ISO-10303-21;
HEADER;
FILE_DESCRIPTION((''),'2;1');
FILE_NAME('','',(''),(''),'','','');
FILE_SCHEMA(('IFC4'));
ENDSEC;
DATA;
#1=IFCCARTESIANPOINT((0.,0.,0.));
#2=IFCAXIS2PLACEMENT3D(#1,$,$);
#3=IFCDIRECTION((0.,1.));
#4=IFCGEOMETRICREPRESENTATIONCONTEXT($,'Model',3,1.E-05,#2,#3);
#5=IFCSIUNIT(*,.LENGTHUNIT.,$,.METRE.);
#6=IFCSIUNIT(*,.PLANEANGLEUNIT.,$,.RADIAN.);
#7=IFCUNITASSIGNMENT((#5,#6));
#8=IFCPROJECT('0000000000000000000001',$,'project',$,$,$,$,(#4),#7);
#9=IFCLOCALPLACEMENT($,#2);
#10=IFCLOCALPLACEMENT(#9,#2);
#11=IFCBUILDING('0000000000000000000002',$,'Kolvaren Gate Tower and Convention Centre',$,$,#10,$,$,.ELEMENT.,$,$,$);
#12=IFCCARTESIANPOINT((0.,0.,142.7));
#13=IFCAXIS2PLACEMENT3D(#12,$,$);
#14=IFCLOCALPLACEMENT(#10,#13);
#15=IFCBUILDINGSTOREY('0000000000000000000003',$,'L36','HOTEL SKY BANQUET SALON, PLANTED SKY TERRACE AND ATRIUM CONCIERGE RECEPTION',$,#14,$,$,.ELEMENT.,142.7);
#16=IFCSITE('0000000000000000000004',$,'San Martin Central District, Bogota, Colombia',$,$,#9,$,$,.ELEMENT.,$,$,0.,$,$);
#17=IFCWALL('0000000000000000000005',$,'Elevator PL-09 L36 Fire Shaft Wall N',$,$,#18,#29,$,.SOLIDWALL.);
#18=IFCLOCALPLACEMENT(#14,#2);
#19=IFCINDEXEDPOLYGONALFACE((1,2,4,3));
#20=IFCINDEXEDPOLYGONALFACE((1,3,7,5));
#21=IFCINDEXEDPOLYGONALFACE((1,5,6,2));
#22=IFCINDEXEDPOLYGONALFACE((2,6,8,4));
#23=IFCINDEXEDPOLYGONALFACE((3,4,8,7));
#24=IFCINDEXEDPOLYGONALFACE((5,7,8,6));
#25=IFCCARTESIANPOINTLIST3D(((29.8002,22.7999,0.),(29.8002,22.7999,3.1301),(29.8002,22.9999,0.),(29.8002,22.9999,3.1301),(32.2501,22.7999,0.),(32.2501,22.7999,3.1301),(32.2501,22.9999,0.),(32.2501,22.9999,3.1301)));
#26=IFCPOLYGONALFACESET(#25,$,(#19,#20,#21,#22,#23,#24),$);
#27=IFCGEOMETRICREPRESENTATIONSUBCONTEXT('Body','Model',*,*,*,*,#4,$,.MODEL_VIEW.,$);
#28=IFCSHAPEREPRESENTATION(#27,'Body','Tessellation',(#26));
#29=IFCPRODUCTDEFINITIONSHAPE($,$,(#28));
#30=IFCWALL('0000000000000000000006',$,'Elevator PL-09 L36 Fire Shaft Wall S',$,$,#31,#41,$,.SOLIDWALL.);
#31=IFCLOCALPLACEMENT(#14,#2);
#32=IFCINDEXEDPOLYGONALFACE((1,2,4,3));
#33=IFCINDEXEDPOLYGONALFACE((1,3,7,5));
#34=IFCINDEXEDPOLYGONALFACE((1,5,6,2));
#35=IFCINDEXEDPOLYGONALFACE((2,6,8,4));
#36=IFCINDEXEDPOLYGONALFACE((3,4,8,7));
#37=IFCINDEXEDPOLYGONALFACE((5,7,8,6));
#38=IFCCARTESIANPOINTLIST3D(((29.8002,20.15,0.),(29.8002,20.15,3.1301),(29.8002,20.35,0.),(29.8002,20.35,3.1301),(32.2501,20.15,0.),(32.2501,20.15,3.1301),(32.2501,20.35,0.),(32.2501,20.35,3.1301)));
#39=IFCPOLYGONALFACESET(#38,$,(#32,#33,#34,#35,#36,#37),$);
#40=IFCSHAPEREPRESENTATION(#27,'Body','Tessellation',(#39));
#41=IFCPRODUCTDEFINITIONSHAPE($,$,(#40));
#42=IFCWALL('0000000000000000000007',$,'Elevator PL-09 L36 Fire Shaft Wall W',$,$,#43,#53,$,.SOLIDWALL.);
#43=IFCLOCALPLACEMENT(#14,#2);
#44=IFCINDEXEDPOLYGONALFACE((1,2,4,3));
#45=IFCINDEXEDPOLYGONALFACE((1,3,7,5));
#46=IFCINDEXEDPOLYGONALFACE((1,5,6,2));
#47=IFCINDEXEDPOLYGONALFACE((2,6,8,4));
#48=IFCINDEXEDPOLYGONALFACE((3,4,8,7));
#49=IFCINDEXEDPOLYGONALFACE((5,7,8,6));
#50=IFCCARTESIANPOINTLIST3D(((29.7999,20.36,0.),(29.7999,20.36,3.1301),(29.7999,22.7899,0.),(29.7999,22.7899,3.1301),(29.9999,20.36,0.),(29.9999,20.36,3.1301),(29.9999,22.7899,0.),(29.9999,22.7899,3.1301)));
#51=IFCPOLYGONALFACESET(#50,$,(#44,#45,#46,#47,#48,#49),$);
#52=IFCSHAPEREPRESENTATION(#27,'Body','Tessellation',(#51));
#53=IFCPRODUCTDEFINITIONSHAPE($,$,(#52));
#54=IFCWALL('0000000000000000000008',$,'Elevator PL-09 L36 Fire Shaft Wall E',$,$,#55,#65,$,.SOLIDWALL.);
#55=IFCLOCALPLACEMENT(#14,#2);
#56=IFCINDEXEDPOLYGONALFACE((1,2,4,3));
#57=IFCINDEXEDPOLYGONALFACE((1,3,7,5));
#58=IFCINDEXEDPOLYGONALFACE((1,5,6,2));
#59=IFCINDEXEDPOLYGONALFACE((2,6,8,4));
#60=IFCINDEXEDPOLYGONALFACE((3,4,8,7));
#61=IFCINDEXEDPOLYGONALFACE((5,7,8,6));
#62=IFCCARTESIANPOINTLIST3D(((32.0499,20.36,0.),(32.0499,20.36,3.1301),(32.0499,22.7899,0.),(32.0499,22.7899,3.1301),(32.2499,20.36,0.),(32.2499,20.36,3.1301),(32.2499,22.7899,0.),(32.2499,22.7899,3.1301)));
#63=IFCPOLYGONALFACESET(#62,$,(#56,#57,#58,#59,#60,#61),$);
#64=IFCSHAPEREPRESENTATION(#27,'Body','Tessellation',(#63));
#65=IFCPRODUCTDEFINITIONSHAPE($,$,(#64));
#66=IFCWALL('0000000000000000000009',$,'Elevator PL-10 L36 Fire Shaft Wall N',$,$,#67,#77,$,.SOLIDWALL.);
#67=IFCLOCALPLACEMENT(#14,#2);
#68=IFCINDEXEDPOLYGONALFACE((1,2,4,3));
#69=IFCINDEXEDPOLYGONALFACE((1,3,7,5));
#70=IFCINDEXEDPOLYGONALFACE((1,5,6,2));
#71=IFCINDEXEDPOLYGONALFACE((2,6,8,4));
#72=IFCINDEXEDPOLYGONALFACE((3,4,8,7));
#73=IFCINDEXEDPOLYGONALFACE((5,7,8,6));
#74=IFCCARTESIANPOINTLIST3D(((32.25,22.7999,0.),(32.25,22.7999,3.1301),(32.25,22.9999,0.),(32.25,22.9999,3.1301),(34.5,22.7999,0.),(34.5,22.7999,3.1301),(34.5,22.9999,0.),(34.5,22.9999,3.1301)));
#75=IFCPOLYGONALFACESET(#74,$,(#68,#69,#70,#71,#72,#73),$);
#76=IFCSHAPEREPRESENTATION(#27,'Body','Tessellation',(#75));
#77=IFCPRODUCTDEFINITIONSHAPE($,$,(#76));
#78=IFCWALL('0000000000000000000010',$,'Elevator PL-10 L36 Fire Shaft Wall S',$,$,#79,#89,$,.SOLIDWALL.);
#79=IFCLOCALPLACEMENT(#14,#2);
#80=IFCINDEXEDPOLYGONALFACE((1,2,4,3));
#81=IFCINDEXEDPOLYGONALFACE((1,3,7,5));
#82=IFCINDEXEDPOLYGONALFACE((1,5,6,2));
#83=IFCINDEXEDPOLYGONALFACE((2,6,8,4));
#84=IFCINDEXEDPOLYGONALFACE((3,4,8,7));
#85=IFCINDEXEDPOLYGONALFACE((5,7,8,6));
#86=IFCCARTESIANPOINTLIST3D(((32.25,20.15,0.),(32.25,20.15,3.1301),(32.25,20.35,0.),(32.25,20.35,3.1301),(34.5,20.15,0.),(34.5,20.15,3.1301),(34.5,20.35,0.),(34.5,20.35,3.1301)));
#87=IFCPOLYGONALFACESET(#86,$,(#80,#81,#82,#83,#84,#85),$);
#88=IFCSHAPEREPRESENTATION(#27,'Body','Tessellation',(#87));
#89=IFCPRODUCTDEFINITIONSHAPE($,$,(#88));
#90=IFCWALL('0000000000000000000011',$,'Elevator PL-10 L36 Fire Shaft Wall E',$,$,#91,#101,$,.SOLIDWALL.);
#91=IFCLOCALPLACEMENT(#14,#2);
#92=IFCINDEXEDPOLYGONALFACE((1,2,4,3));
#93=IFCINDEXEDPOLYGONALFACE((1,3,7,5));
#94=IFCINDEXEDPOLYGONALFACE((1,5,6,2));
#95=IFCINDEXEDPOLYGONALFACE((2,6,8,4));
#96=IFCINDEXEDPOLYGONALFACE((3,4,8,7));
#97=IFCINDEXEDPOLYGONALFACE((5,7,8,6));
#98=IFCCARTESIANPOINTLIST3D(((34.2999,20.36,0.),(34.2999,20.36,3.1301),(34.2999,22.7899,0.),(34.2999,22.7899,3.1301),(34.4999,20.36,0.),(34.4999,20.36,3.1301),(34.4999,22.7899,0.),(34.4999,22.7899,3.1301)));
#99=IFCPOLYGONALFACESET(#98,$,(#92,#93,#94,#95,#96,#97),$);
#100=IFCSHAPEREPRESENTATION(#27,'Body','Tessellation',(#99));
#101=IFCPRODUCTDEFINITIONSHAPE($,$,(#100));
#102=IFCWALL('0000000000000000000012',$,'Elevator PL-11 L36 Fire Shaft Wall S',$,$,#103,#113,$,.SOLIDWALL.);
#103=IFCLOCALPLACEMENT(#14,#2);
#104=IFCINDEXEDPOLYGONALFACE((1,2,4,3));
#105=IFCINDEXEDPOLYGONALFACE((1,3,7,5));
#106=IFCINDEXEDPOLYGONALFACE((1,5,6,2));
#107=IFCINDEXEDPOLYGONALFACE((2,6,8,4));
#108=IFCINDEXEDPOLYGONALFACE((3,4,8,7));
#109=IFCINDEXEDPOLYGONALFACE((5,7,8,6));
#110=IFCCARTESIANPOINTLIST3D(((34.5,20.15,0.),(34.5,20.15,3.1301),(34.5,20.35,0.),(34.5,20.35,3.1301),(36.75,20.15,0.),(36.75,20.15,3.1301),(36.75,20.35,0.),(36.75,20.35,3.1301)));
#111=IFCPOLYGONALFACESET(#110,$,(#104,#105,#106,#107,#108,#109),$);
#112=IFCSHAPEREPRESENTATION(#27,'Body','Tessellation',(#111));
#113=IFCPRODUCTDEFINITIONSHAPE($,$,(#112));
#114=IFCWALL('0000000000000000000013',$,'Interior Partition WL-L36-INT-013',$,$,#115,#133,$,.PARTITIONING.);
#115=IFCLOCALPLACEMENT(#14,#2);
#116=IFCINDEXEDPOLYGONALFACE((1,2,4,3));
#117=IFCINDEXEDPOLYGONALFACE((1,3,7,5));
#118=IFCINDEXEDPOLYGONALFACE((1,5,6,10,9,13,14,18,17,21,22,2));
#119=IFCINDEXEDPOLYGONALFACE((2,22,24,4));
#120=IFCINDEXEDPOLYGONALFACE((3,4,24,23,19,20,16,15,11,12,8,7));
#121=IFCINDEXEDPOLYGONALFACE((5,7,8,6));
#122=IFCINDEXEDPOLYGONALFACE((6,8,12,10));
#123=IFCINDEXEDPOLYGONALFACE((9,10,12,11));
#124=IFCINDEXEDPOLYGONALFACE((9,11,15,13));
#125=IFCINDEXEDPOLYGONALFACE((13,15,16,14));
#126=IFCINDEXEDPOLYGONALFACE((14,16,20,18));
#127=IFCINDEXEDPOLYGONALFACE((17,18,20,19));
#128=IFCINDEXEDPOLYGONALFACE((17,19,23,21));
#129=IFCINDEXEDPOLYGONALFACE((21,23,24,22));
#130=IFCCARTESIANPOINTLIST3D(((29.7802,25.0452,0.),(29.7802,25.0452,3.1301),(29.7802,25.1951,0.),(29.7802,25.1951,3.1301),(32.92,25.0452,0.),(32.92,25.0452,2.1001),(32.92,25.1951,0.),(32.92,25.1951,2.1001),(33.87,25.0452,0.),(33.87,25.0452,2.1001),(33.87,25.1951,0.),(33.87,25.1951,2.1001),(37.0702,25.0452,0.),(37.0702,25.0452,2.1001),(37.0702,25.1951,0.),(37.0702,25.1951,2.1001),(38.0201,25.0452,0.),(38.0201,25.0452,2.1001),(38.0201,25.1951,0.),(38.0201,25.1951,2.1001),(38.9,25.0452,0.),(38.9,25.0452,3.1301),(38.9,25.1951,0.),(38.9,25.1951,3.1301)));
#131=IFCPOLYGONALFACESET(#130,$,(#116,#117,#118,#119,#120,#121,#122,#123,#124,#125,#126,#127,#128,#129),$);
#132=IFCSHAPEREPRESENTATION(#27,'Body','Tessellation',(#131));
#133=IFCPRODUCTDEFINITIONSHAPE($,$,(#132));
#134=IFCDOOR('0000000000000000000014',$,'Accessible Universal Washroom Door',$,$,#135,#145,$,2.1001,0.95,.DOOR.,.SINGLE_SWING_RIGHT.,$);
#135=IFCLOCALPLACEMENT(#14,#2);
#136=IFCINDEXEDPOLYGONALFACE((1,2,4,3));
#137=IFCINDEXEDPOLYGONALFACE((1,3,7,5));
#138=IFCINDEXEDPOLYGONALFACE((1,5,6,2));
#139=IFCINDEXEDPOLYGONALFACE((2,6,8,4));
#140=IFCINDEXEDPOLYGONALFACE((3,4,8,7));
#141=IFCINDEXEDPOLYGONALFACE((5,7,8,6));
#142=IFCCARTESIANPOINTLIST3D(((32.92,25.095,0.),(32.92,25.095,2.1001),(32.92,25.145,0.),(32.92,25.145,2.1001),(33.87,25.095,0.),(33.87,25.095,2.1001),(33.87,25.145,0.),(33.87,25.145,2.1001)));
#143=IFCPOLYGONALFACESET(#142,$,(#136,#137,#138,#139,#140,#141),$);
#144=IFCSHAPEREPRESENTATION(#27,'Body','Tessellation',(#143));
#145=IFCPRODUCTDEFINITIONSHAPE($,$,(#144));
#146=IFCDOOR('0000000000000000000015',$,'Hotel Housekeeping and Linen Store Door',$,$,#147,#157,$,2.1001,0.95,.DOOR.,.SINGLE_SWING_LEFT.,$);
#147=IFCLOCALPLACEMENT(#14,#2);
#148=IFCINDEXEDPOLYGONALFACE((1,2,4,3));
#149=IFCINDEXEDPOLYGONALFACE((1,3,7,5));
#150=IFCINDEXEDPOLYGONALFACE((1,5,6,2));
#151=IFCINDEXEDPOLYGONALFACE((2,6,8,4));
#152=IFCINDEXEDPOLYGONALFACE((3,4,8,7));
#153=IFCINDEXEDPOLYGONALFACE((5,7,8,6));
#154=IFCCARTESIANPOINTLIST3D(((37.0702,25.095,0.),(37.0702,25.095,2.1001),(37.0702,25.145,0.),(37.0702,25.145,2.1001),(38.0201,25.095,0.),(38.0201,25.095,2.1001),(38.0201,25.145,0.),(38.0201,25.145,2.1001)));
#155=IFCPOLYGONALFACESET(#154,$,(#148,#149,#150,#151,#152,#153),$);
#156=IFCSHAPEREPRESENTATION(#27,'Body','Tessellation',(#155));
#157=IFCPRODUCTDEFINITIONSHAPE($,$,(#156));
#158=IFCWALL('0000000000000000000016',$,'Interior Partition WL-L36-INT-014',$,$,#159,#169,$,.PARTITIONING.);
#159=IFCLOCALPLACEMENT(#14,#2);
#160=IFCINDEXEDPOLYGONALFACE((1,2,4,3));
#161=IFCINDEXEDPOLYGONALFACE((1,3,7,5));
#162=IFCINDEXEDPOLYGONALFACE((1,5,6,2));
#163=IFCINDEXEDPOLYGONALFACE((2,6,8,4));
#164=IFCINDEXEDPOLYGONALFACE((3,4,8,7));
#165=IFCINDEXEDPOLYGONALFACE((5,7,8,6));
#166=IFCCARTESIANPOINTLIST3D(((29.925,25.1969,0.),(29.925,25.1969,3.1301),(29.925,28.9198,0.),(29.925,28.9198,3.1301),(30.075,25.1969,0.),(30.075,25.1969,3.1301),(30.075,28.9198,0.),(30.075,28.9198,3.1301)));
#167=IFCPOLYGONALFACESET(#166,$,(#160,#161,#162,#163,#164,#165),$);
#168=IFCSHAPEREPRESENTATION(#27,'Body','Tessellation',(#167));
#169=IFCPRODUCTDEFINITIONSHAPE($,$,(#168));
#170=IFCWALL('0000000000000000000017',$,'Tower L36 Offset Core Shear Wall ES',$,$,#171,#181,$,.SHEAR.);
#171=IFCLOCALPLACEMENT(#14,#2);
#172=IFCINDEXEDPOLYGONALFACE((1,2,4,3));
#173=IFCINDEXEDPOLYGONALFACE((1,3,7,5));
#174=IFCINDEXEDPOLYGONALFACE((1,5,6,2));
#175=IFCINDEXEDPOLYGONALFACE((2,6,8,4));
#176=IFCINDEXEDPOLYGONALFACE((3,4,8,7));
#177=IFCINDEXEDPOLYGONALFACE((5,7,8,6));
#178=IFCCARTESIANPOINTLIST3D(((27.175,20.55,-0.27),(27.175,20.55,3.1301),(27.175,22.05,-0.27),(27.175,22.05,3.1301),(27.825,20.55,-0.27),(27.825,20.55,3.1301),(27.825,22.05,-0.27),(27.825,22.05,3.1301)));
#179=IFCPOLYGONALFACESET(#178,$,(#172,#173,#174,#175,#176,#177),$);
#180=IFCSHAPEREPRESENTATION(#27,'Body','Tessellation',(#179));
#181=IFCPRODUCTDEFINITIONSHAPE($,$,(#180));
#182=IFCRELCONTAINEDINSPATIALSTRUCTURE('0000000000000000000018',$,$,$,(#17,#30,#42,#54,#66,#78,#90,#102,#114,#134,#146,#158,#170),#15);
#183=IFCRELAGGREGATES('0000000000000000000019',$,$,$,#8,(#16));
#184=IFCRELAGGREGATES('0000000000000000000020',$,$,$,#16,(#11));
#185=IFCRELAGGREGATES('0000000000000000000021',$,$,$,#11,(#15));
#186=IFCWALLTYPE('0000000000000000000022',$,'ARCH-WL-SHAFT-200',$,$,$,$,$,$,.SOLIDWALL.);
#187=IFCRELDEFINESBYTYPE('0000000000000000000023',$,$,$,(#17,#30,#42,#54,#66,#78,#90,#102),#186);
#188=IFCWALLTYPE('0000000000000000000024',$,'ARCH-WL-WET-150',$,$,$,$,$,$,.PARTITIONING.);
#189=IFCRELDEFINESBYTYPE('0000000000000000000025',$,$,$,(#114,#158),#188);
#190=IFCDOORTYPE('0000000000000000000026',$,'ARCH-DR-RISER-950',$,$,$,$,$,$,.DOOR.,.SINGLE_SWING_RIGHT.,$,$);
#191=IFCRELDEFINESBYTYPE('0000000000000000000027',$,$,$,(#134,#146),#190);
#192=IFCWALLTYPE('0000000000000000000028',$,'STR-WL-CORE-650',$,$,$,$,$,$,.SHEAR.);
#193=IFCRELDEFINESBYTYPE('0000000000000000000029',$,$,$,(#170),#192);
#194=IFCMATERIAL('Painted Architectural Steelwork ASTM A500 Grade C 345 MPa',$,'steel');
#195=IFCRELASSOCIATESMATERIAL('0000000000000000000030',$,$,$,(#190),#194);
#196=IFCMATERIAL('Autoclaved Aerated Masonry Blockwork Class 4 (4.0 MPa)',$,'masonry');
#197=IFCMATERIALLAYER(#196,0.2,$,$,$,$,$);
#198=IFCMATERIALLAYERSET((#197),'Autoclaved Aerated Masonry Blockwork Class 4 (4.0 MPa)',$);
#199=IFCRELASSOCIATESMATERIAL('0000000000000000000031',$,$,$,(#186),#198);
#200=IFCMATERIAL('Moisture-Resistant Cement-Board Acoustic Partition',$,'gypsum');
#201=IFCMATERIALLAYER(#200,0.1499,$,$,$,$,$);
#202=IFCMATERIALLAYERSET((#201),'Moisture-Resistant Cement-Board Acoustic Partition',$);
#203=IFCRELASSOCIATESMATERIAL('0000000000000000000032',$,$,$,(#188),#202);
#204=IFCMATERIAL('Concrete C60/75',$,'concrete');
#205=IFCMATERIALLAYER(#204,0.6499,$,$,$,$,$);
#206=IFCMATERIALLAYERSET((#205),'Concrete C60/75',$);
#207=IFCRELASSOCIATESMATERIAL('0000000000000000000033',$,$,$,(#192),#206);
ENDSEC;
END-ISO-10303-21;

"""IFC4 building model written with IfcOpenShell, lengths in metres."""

from ifc_helpers import new_model, si_unit, direction, frame, frame_2d, origin, place, context, subcontext, project, spatial, rectangle, extrude, material, layer, layer_set, type_object, element, fill, save


model = new_model("IFC4")

# Units and contexts
model_context = context("Model", 3, precision=1e-05, world=origin(), true_north=direction((0.0, 1.0)))
body_context = subcontext(model_context, "Body", "Model", "MODEL_VIEW")
ifc_project = project(units=[si_unit("LENGTHUNIT", "METRE"), si_unit("PLANEANGLEUNIT", "RADIAN")], contexts=[model_context])

# Site, building, storey
site_placement = place(None, origin())
site = spatial("IfcSite", under=ifc_project, at=site_placement, Name="San Martin Central District, Bogota, Colombia", CompositionType="ELEMENT", RefElevation=0.0)
building_placement = place(site_placement, origin())
building = spatial("IfcBuilding", under=site, at=building_placement, Name="Kolvaren Gate Tower and Convention Centre", CompositionType="ELEMENT")
storey_placement = place(building_placement, frame((0.0, 0.0, 142.7)))
storey = spatial("IfcBuildingStorey", under=building, at=storey_placement, Name="L36", Description="HOTEL SKY BANQUET SALON, PLANTED SKY TERRACE AND ATRIUM CONCIERGE RECEPTION", CompositionType="ELEMENT", Elevation=142.7)

# Shared definitions
ifc_material_1 = material(Name="Autoclaved Aerated Masonry Blockwork Class 4 (4.0 MPa)", Category="masonry")
ifc_material_2 = material(Name="Painted Architectural Steelwork ASTM A500 Grade C 345 MPa", Category="steel")
door_type_1 = type_object("IfcDoorType", Name="ARCH-DR-RISER-950", OperationType="SINGLE_SWING_RIGHT", PredefinedType="DOOR", material=ifc_material_2)

# Walls
ifc_layer_1 = layer(ifc_material_1, 0.2)
ifc_layer_set_1 = layer_set([ifc_layer_1], Name="Autoclaved Aerated Masonry Blockwork Class 4 (4.0 MPa)")
wall_type_1 = type_object("IfcWallType", Name="ARCH-WL-SHAFT-200", PredefinedType="SOLIDWALL", material=ifc_layer_set_1)
for number, where, z_axis, x_axis, name in (
    (1, (29.8, 22.8999, 0.0), (0.0, 0.0, 1.0), (1.0, 0.0, 0.0), "Elevator PL-09 L36 Fire Shaft Wall N"),
    (2, (29.8, 20.25, 0.0), (0.0, 0.0, 1.0), (1.0, 0.0, 0.0), "Elevator PL-09 L36 Fire Shaft Wall S"),
):
    element("IfcWall", number, at=place(storey_placement, frame(where, z_axis=z_axis, x_axis=x_axis)), inside=storey, type_object=wall_type_1, Name=name, PredefinedType="SOLIDWALL", context=body_context, shape_type="SweptSolid", body=[
        extrude(rectangle(XDim=2.45, YDim=0.2, at=frame_2d((1.2251, 0.0))), origin(), (0.0, 0.0, 1.0), 3.1301),
    ])
for number, where, z_axis, x_axis, name in (
    (3, (29.8999, 20.3601, 0.0), (0.0, 0.0, 1.0), (0.0, 1.0, 0.0), "Elevator PL-09 L36 Fire Shaft Wall W"),
    (4, (32.1499, 20.3601, 0.0), (0.0, 0.0, 1.0), (0.0, 1.0, 0.0), "Elevator PL-09 L36 Fire Shaft Wall E"),
):
    element("IfcWall", number, at=place(storey_placement, frame(where, z_axis=z_axis, x_axis=x_axis)), inside=storey, type_object=wall_type_1, Name=name, PredefinedType="SOLIDWALL", context=body_context, shape_type="SweptSolid", body=[
        extrude(rectangle(XDim=2.4299, YDim=0.2, at=frame_2d((1.2148, 0.0))), origin(), (0.0, 0.0, 1.0), 3.1301),
    ])
for number, where, z_axis, x_axis, name in (
    (5, (32.25, 22.8999, 0.0), (0.0, 0.0, 1.0), (1.0, 0.0, 0.0), "Elevator PL-10 L36 Fire Shaft Wall N"),
    (6, (32.25, 20.25, 0.0), (0.0, 0.0, 1.0), (1.0, 0.0, 0.0), "Elevator PL-10 L36 Fire Shaft Wall S"),
):
    element("IfcWall", number, at=place(storey_placement, frame(where, z_axis=z_axis, x_axis=x_axis)), inside=storey, type_object=wall_type_1, Name=name, PredefinedType="SOLIDWALL", context=body_context, shape_type="SweptSolid", body=[
        extrude(rectangle(XDim=2.25, YDim=0.2, at=frame_2d((1.125, 0.0))), origin(), (0.0, 0.0, 1.0), 3.1301),
    ])
wall_1_placement = place(storey_placement, frame((34.3999, 20.3601, 0.0), z_axis=(0.0, 0.0, 1.0), x_axis=(0.0, 1.0, 0.0)))
element("IfcWall", 7, at=wall_1_placement, inside=storey, type_object=wall_type_1, Name="Elevator PL-10 L36 Fire Shaft Wall E", PredefinedType="SOLIDWALL", context=body_context, shape_type="SweptSolid", body=[
    extrude(rectangle(XDim=2.4299, YDim=0.2, at=frame_2d((1.2148, 0.0))), origin(), (0.0, 0.0, 1.0), 3.1301),
])
wall_2_placement = place(storey_placement, frame((34.5, 20.25, 0.0), z_axis=(0.0, 0.0, 1.0), x_axis=(1.0, 0.0, 0.0)))
element("IfcWall", 8, at=wall_2_placement, inside=storey, type_object=wall_type_1, Name="Elevator PL-11 L36 Fire Shaft Wall S", PredefinedType="SOLIDWALL", context=body_context, shape_type="SweptSolid", body=[
    extrude(rectangle(XDim=2.25, YDim=0.2, at=frame_2d((1.125, 0.0))), origin(), (0.0, 0.0, 1.0), 3.1301),
])

# Wall, openings, doors
ifc_material_3 = material(Name="Moisture-Resistant Cement-Board Acoustic Partition", Category="gypsum")
ifc_layer_2 = layer(ifc_material_3, 0.1499)
ifc_layer_set_2 = layer_set([ifc_layer_2], Name="Moisture-Resistant Cement-Board Acoustic Partition")
wall_type_2 = type_object("IfcWallType", Name="ARCH-WL-WET-150", PredefinedType="PARTITIONING", material=ifc_layer_set_2)
wall_3_placement = place(storey_placement, frame((29.78, 25.1201, 0.0), z_axis=(0.0, 0.0, 1.0), x_axis=(1.0, 0.0, 0.0)))
wall_3 = element("IfcWall", 9, at=wall_3_placement, inside=storey, type_object=wall_type_2, Name="Interior Partition WL-L36-INT-013", PredefinedType="PARTITIONING", context=body_context, shape_type="SweptSolid", body=[
    extrude(rectangle(XDim=9.1199, YDim=0.1499, at=frame_2d((4.5601, 0.0))), origin(), (0.0, 0.0, 1.0), 3.1301),
])
opening_1_placement = place(wall_3_placement, frame((3.1399, 0.0, 0.0)))
opening_1 = element("IfcOpeningElement", 10, at=opening_1_placement, cuts=wall_3, PredefinedType="OPENING", context=body_context, shape_type="SweptSolid", body=[
    extrude(rectangle(XDim=0.95, YDim=2.1001, at=frame_2d((0.4751, 1.05))), frame((0.0, 0.085, 0.0), z_axis=(0.0, -1.0, 0.0), x_axis=(1.0, 0.0, 0.0)), (0.0, 0.0, 1.0), 0.1699),
])
opening_2_placement = place(wall_3_placement, frame((7.29, 0.0, 0.0)))
opening_2 = element("IfcOpeningElement", 11, at=opening_2_placement, cuts=wall_3, PredefinedType="OPENING", context=body_context, shape_type="SweptSolid", body=[
    extrude(rectangle(XDim=0.95, YDim=2.1001, at=frame_2d((0.4751, 1.05))), frame((0.0, 0.085, 0.0), z_axis=(0.0, -1.0, 0.0), x_axis=(1.0, 0.0, 0.0)), (0.0, 0.0, 1.0), 0.1699),
])
door_1_placement = place(opening_1_placement, origin())
door_1 = element("IfcDoor", 12, at=door_1_placement, inside=storey, type_object=door_type_1, Name="Accessible Universal Washroom Door", OperationType="SINGLE_SWING_RIGHT", OverallHeight=2.1001, OverallWidth=0.95, PredefinedType="DOOR", context=body_context, shape_type="SweptSolid", body=[
    extrude(rectangle(XDim=0.95, YDim=2.1001, at=frame_2d((0.4751, 1.05))), frame((0.0, 0.0249, 0.0), z_axis=(0.0, -1.0, 0.0), x_axis=(1.0, 0.0, 0.0)), (0.0, 0.0, 1.0), 0.05),
])
fill(opening_1, door_1)
door_2_placement = place(opening_2_placement, origin())
door_2 = element("IfcDoor", 13, at=door_2_placement, inside=storey, type_object=door_type_1, Name="Hotel Housekeeping and Linen Store Door", OperationType="SINGLE_SWING_LEFT", OverallHeight=2.1001, OverallWidth=0.95, PredefinedType="DOOR", context=body_context, shape_type="SweptSolid", body=[
    extrude(rectangle(XDim=0.95, YDim=2.1001, at=frame_2d((0.4751, 1.05))), frame((0.0, 0.0249, 0.0), z_axis=(0.0, -1.0, 0.0), x_axis=(1.0, 0.0, 0.0)), (0.0, 0.0, 1.0), 0.05),
])
fill(opening_2, door_2)

# Walls
wall_4_placement = place(storey_placement, frame((30.0, 25.197, 0.0), z_axis=(0.0, 0.0, 1.0), x_axis=(0.0, 1.0, 0.0)))
element("IfcWall", 14, at=wall_4_placement, inside=storey, type_object=wall_type_2, Name="Interior Partition WL-L36-INT-014", PredefinedType="PARTITIONING", context=body_context, shape_type="SweptSolid", body=[
    extrude(rectangle(XDim=3.7229, YDim=0.1499, at=frame_2d((1.8613, 0.0))), origin(), (0.0, 0.0, 1.0), 3.1301),
])
ifc_material_4 = material(Name="Concrete C60/75", Category="concrete")
ifc_layer_3 = layer(ifc_material_4, 0.6499)
ifc_layer_set_3 = layer_set([ifc_layer_3], Name="Concrete C60/75")
wall_type_3 = type_object("IfcWallType", Name="STR-WL-CORE-650", PredefinedType="SHEAR", material=ifc_layer_set_3)
wall_5_placement = place(storey_placement, frame((27.5, 20.55, -0.27), z_axis=(0.0, 0.0, 1.0), x_axis=(0.0, 1.0, 0.0)))
element("IfcWall", 15, at=wall_5_placement, inside=storey, type_object=wall_type_3, Name="Tower L36 Offset Core Shear Wall ES", PredefinedType="SHEAR", context=body_context, shape_type="SweptSolid", body=[
    extrude(rectangle(XDim=1.5, YDim=0.6499, at=frame_2d((0.75, 0.0))), origin(), (0.0, 0.0, 1.0), 3.4001),
])

save(model, "model.ifc")
